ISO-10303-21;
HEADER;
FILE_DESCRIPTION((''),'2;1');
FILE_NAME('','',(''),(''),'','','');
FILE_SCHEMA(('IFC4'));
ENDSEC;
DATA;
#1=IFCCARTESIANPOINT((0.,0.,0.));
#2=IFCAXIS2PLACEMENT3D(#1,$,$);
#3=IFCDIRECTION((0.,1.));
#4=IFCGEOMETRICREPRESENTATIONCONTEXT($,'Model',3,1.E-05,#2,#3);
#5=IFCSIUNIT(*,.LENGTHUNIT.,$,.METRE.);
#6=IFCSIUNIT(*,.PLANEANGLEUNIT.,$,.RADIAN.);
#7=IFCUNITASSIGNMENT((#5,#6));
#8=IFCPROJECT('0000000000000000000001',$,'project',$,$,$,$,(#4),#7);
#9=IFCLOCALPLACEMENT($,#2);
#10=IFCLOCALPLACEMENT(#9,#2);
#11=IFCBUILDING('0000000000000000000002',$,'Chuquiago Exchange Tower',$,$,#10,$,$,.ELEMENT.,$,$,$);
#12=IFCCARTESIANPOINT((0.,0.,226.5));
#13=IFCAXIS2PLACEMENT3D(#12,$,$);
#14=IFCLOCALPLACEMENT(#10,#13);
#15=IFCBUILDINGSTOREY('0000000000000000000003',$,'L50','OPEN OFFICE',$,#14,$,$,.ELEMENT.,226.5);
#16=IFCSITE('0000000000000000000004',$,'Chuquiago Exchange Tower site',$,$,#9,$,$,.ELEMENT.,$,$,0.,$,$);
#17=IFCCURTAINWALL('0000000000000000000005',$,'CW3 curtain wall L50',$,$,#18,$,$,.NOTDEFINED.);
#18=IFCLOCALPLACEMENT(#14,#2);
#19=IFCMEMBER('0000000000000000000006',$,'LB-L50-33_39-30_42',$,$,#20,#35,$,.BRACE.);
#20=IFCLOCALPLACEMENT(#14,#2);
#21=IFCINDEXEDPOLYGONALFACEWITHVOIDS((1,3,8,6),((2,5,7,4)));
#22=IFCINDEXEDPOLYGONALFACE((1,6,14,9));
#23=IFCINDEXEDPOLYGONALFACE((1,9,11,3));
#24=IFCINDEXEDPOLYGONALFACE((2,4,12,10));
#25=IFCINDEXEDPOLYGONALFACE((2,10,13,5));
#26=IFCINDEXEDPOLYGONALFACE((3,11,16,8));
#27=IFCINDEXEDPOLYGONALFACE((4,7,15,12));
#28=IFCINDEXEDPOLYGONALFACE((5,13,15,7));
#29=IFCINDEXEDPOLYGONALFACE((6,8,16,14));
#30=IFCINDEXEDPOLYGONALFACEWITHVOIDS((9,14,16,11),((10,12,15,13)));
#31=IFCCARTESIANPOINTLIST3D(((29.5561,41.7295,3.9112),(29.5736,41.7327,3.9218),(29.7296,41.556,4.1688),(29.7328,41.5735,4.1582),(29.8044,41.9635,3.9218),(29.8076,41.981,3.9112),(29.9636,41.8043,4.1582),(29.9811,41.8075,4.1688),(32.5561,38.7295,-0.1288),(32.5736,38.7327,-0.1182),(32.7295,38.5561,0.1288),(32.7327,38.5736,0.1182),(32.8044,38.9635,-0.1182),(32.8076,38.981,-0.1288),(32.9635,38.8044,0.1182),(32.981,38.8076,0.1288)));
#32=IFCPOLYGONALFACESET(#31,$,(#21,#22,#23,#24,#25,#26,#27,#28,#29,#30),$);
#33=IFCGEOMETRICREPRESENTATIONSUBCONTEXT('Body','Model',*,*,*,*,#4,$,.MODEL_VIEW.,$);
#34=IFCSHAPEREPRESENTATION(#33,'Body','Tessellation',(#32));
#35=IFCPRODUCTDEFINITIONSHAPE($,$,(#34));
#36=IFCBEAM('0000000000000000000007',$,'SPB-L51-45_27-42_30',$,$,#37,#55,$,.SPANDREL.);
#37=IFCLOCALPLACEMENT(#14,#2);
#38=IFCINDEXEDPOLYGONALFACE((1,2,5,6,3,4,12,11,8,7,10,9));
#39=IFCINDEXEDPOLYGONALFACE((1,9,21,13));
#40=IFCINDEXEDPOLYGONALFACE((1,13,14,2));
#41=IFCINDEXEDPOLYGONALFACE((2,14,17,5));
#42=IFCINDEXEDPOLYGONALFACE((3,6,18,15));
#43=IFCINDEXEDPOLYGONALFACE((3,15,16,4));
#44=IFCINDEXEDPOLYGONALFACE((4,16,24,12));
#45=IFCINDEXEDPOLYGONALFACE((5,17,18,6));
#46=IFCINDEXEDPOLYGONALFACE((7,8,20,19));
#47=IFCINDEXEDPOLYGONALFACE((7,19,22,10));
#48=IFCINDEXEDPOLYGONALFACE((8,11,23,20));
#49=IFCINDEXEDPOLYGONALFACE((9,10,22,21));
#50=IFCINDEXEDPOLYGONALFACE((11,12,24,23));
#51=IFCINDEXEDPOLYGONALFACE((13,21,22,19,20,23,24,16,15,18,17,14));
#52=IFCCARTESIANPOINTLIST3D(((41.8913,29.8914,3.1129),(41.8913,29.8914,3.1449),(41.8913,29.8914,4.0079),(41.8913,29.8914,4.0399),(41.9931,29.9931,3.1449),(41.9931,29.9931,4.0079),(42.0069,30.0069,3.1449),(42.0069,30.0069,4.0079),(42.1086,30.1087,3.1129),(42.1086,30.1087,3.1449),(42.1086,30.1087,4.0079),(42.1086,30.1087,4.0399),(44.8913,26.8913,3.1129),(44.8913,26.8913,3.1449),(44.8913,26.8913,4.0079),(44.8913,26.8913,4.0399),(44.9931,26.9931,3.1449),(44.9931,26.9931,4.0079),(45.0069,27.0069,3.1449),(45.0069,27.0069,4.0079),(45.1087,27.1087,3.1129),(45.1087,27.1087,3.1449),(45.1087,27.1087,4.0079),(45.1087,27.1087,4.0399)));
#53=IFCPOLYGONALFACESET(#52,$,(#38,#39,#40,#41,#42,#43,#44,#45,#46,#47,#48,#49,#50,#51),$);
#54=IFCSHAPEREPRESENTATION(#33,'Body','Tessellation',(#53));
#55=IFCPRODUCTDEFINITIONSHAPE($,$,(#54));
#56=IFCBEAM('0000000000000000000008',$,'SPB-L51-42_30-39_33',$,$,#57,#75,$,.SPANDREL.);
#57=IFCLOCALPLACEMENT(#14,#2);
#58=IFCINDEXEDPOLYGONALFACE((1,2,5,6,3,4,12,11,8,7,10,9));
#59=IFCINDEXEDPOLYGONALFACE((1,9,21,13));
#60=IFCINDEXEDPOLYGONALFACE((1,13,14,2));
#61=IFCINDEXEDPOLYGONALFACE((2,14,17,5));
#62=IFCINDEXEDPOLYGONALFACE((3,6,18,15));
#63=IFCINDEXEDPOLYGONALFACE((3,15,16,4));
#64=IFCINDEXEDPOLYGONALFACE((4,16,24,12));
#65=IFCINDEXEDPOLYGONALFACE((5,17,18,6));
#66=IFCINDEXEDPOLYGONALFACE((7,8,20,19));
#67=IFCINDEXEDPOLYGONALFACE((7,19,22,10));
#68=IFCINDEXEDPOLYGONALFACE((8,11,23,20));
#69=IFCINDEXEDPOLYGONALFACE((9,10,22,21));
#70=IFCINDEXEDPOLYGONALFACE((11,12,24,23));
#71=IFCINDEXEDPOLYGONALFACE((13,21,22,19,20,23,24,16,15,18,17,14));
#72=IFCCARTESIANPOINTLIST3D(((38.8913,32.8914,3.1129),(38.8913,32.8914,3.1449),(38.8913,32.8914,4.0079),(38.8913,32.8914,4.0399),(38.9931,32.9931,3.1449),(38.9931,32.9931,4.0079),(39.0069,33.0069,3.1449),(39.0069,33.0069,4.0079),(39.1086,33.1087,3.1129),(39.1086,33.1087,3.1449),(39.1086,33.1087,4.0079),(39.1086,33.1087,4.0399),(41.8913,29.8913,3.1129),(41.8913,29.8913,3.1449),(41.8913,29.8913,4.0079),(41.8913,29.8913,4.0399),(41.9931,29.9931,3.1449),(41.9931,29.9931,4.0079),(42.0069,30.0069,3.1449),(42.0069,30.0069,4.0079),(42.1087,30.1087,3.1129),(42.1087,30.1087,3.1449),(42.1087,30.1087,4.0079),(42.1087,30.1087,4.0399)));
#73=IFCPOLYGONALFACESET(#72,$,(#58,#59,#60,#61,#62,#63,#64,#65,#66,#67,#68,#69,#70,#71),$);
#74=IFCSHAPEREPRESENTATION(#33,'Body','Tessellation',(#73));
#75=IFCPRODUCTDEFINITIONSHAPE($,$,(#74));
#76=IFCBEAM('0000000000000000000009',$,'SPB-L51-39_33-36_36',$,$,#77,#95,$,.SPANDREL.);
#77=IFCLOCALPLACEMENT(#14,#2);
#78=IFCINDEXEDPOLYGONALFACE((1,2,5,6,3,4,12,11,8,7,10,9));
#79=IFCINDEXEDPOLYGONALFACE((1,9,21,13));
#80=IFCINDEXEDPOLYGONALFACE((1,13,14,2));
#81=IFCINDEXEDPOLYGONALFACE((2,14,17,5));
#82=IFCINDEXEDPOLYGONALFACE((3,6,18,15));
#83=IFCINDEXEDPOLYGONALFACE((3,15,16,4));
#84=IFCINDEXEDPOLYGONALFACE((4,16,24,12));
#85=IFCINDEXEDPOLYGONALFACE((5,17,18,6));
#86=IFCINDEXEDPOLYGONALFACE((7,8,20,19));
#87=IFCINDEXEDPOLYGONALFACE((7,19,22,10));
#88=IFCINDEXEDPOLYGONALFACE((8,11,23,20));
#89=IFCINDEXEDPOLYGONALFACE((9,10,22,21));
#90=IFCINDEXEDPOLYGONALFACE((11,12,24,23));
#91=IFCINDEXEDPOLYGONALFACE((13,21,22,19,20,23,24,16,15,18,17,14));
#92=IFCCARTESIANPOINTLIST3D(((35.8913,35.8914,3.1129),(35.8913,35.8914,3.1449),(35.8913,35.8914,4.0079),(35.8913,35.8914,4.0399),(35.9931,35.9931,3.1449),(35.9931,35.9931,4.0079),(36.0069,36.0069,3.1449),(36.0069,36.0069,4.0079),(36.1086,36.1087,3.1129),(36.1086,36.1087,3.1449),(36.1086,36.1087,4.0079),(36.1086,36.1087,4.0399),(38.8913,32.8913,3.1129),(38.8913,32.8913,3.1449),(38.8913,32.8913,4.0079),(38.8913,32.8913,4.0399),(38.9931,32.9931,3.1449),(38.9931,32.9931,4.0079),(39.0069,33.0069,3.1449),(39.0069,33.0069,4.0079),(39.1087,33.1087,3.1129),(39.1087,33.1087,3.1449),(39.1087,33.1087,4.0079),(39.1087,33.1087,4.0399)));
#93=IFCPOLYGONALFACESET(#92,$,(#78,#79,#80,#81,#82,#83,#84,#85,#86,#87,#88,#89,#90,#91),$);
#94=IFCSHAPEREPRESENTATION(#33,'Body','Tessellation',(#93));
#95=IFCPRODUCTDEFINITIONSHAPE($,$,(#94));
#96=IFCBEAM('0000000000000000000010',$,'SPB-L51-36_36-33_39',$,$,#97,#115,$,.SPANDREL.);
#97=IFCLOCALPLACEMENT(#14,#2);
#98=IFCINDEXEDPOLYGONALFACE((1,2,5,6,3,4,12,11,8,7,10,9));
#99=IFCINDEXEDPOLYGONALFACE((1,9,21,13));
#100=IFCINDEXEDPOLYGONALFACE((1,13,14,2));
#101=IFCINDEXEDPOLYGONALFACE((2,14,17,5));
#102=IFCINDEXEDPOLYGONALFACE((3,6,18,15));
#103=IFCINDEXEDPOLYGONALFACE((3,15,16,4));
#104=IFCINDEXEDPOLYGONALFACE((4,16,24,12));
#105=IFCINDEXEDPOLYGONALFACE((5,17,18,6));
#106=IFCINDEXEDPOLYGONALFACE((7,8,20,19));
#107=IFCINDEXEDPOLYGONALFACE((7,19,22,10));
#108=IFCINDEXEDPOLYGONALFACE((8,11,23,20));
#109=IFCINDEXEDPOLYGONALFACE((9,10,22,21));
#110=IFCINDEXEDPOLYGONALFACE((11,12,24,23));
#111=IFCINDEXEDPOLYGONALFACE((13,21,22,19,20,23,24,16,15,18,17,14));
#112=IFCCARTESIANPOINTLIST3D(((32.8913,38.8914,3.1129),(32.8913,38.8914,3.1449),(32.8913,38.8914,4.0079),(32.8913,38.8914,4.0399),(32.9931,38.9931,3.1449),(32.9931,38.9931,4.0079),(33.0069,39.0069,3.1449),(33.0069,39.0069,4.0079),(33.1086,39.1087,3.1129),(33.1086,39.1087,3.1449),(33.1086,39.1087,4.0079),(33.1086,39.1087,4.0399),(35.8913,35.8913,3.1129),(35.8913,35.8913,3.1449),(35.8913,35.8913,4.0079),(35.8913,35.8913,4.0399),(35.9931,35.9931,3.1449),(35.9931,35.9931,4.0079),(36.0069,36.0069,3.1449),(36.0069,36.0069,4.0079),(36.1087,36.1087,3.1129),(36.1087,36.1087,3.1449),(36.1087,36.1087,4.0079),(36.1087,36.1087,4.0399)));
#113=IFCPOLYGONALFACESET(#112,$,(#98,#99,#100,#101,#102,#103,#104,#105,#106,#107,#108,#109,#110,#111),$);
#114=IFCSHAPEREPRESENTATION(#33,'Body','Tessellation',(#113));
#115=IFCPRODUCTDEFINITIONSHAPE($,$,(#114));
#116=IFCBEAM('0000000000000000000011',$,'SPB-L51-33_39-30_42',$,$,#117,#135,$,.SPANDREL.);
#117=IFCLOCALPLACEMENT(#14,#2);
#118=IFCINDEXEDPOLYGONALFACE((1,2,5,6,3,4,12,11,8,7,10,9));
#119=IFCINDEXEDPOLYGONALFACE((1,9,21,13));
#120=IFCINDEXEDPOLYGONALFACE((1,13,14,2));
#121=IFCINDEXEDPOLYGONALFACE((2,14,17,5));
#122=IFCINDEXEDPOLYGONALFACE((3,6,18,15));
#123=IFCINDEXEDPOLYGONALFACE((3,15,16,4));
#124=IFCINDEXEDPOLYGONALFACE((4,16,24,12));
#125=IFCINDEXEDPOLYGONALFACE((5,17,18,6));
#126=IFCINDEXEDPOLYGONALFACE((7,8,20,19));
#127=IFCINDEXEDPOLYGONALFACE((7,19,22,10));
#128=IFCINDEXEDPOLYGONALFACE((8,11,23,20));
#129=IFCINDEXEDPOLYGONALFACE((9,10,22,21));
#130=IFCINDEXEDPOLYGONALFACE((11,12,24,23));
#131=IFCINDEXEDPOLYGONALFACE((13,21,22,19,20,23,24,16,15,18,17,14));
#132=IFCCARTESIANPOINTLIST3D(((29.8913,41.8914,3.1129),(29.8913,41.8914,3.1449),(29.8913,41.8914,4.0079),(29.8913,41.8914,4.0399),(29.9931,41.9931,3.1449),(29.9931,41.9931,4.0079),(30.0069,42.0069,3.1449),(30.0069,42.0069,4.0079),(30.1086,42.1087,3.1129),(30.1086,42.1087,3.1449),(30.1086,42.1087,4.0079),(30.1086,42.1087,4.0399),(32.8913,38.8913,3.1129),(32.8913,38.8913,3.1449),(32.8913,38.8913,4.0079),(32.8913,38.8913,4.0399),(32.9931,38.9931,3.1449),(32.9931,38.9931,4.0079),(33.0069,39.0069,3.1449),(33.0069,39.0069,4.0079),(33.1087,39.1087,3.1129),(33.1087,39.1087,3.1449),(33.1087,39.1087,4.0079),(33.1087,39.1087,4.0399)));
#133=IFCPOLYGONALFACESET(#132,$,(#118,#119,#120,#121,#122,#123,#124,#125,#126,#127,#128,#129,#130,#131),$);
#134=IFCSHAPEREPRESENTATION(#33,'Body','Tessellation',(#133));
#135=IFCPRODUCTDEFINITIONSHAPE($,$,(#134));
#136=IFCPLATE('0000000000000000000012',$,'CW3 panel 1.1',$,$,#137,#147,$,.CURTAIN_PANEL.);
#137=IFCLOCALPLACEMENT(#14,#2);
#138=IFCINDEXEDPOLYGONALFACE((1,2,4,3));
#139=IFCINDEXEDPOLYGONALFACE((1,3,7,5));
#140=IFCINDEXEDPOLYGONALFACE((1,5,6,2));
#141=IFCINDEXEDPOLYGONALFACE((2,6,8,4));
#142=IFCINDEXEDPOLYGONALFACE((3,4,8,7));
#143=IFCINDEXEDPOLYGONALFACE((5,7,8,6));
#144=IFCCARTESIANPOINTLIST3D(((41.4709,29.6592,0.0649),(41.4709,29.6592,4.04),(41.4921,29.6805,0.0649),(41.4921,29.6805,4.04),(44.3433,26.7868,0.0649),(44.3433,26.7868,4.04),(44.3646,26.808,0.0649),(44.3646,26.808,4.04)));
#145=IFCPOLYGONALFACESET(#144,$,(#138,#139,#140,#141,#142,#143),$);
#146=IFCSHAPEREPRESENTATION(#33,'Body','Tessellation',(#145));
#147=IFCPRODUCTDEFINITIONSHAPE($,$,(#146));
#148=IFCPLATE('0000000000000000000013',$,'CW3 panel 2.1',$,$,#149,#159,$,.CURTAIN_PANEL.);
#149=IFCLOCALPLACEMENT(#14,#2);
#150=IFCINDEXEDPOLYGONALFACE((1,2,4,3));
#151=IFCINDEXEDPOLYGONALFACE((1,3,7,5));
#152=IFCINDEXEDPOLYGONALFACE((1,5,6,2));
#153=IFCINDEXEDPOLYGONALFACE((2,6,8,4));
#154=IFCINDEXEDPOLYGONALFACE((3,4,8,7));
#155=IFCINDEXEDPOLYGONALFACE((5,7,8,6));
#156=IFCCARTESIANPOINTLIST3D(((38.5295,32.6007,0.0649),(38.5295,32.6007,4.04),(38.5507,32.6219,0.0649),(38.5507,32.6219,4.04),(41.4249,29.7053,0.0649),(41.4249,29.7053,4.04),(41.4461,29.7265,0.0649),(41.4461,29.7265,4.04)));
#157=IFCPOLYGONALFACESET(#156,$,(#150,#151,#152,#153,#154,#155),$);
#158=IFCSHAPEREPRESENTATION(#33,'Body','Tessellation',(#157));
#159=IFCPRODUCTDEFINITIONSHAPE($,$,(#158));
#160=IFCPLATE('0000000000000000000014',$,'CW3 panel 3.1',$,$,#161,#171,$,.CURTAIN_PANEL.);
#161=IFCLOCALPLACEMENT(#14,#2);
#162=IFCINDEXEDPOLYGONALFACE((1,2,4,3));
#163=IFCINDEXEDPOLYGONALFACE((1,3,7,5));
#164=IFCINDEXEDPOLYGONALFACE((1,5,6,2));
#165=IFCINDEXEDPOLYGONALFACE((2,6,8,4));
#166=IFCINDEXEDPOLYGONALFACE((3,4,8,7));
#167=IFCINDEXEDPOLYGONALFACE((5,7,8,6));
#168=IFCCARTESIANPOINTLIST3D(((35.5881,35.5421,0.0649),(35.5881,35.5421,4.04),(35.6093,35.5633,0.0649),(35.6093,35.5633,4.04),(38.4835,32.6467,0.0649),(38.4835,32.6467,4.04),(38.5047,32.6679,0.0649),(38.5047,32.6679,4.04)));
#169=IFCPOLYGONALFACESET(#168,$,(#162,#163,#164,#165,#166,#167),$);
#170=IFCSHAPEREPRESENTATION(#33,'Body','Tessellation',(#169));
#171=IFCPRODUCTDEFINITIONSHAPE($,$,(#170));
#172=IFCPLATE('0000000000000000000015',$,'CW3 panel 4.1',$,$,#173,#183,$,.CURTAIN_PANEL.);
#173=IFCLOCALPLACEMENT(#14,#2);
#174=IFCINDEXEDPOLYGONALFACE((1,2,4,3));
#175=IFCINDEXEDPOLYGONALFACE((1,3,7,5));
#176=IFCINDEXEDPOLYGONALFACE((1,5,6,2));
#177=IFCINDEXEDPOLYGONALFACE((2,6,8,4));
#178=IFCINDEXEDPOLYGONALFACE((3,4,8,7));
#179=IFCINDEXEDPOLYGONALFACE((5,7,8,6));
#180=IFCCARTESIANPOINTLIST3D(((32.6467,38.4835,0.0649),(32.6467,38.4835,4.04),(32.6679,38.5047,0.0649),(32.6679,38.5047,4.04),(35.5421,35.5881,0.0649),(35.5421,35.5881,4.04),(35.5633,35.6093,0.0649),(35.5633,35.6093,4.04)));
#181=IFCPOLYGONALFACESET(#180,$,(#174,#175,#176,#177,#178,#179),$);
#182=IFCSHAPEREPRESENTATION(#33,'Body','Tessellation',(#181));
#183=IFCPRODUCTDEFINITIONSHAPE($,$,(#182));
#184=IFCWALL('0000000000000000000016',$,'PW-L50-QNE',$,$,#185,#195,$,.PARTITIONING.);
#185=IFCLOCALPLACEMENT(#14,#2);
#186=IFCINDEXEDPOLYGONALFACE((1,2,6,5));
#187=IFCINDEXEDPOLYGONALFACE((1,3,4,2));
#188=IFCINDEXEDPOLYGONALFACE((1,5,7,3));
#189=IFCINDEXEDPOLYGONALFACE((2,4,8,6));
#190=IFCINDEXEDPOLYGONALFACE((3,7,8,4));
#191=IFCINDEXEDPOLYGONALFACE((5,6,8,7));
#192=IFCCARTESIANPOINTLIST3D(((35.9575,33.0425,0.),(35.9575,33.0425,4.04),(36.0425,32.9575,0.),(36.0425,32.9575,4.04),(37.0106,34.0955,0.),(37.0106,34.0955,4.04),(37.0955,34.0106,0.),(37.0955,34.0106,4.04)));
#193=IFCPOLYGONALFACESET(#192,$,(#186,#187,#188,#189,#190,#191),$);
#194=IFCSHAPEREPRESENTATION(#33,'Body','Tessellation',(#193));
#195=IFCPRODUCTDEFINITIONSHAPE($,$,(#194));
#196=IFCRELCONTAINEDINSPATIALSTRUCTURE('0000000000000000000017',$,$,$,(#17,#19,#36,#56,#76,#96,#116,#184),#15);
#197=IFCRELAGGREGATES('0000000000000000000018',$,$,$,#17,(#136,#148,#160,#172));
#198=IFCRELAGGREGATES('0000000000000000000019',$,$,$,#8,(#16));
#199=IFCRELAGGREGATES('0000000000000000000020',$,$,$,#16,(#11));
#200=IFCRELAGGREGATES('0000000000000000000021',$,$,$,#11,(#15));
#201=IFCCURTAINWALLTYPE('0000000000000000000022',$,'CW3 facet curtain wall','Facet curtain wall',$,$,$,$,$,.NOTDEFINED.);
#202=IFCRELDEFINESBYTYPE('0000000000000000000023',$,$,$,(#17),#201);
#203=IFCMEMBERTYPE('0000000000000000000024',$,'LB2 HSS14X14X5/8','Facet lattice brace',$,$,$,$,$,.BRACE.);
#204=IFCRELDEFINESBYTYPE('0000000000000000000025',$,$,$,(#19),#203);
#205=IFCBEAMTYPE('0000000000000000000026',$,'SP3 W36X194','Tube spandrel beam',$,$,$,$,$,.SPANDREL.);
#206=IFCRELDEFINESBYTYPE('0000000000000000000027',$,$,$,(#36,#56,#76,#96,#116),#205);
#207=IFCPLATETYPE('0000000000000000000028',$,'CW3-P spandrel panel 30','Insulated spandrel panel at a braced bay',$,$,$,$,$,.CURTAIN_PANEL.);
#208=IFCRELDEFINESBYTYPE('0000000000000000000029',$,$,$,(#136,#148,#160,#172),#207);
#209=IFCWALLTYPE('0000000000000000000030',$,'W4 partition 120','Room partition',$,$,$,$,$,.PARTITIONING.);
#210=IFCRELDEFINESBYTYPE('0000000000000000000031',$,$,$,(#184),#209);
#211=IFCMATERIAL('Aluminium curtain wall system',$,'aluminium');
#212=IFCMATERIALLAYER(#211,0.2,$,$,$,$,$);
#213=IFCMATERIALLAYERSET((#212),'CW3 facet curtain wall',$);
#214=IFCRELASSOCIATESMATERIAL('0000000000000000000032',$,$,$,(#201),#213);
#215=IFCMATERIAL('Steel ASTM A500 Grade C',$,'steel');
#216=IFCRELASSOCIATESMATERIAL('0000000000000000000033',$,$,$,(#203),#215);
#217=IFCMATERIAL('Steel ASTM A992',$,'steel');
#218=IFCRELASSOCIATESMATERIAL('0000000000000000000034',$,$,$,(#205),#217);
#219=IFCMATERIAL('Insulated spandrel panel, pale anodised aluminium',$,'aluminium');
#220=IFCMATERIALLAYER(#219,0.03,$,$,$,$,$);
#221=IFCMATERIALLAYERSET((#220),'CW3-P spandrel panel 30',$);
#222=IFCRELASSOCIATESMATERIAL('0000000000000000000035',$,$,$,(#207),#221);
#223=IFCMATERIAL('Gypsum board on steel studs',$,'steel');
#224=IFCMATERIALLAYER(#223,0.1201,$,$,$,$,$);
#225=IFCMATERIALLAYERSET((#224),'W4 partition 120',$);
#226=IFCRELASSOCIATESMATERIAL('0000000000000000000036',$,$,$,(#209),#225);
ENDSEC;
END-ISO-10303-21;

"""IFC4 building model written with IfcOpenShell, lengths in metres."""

from ifc_helpers import new_model, si_unit, direction, frame, frame_2d, origin, origin_2d, place, context, subcontext, project, spatial, rectangle, hollow_rectangle, i_section, extrude, material, layer, layer_set, material_profile, profile_set, type_object, element, aggregate, save


model = new_model("IFC4")

# Units and contexts
model_context = context("Model", 3, precision=1e-05, world=origin(), true_north=direction((0.0, 1.0)))
body_context = subcontext(model_context, "Body", "Model", "MODEL_VIEW")
ifc_project = project(units=[si_unit("LENGTHUNIT", "METRE"), si_unit("PLANEANGLEUNIT", "RADIAN")], contexts=[model_context])

# Site, building, storey
site_placement = place(None, origin())
site = spatial("IfcSite", under=ifc_project, at=site_placement, Name="Chuquiago Exchange Tower site", CompositionType="ELEMENT", RefElevation=0.0)
building_placement = place(site_placement, origin())
building = spatial("IfcBuilding", under=site, at=building_placement, Name="Chuquiago Exchange Tower", CompositionType="ELEMENT")
storey_placement = place(building_placement, frame((0.0, 0.0, 226.5)))
storey = spatial("IfcBuildingStorey", under=building, at=storey_placement, Name="L50", Description="OPEN OFFICE", CompositionType="ELEMENT", Elevation=226.5)

# Curtain wall
ifc_material_1 = material(Name="Aluminium curtain wall system", Category="aluminium")
ifc_layer_1 = layer(ifc_material_1, 0.2)
ifc_layer_set_1 = layer_set([ifc_layer_1], Name="CW3 facet curtain wall")
curtain_wall_type = type_object("IfcCurtainWallType", Name="CW3 facet curtain wall", Description="Facet curtain wall", PredefinedType="NOTDEFINED", material=ifc_layer_set_1)
curtain_wall_placement = place(storey_placement, origin())
curtain_wall = element("IfcCurtainWall", 1, at=curtain_wall_placement, inside=storey, type_object=curtain_wall_type, Name="CW3 curtain wall L50", PredefinedType="NOTDEFINED")

# Member
ifc_material_2 = material(Name="Steel ASTM A500 Grade C", Category="steel")
ifc_material_profile_1 = material_profile(ifc_material_2, hollow_rectangle(XDim=0.3557, YDim=0.3557, WallThickness=0.0146, at=origin_2d()), Name="HSS14X14X5/8")
ifc_profile_set_1 = profile_set([ifc_material_profile_1], Name="Steel ASTM A500 Grade C")
member_type_1 = type_object("IfcMemberType", Name="LB2 HSS14X14X5/8", Description="Facet lattice brace", PredefinedType="BRACE", material=ifc_profile_set_1)
for number, where, z_axis, x_axis, name in (
    (2, (32.7686, 38.7686, 0.0), (-0.512077, 0.512077, 0.689604), (-0.707107, -0.707107, 0.0), "LB-L50-33_39-30_42"),
):
    element("IfcMember", number, at=place(storey_placement, frame(where, z_axis=z_axis, x_axis=x_axis)), inside=storey, type_object=member_type_1, Name=name, PredefinedType="BRACE", context=body_context, shape_type="SweptSolid", body=[
        extrude(hollow_rectangle(XDim=0.3557, YDim=0.3557, WallThickness=0.0146, at=origin_2d()), origin(), (0.0, 0.0, 1.0), 5.8584),
    ])

# Beams
ifc_material_3 = material(Name="Steel ASTM A992", Category="steel")
ifc_material_profile_2 = material_profile(ifc_material_3, i_section(OverallWidth=0.3074, OverallDepth=0.927, WebThickness=0.0195, FlangeThickness=0.032, at=origin_2d()), Name="W36X194")
ifc_profile_set_2 = profile_set([ifc_material_profile_2], Name="Steel ASTM A992")
beam_type_1 = type_object("IfcBeamType", Name="SP3 W36X194", Description="Tube spandrel beam", PredefinedType="SPANDREL", material=ifc_profile_set_2)
for number, where, z_axis, x_axis, name in (
    (3, (45.0, 27.0, 3.5764), (-0.707107, 0.707107, 0.0), (-0.707107, -0.707107, 0.0), "SPB-L51-45_27-42_30"),
    (4, (42.0, 30.0, 3.5764), (-0.707107, 0.707107, 0.0), (-0.707107, -0.707107, 0.0), "SPB-L51-42_30-39_33"),
    (5, (39.0, 33.0, 3.5764), (-0.707107, 0.707107, 0.0), (-0.707107, -0.707107, 0.0), "SPB-L51-39_33-36_36"),
    (6, (36.0, 36.0, 3.5764), (-0.707107, 0.707107, 0.0), (-0.707107, -0.707107, 0.0), "SPB-L51-36_36-33_39"),
    (7, (33.0, 39.0, 3.5764), (-0.707107, 0.707107, 0.0), (-0.707107, -0.707107, 0.0), "SPB-L51-33_39-30_42"),
):
    element("IfcBeam", number, at=place(storey_placement, frame(where, z_axis=z_axis, x_axis=x_axis)), inside=storey, type_object=beam_type_1, Name=name, PredefinedType="SPANDREL", context=body_context, shape_type="SweptSolid", body=[
        extrude(i_section(OverallWidth=0.3074, OverallDepth=0.927, WebThickness=0.0195, FlangeThickness=0.032, at=origin_2d()), origin(), (0.0, 0.0, 1.0), 4.2427),
    ])

# Plates
ifc_material_4 = material(Name="Insulated spandrel panel, pale anodised aluminium", Category="aluminium")
ifc_layer_2 = layer(ifc_material_4, 0.03)
ifc_layer_set_2 = layer_set([ifc_layer_2], Name="CW3-P spandrel panel 30")
plate_type = type_object("IfcPlateType", Name="CW3-P spandrel panel 30", Description="Insulated spandrel panel at a braced bay", PredefinedType="CURTAIN_PANEL", material=ifc_layer_set_2)
plate_1_placement = place(storey_placement, frame((42.9177, 28.2336, 0.0649), z_axis=(0.0, 0.0, 1.0), x_axis=(-0.707107, 0.707107, 0.0)))
plate_1 = element("IfcPlate", 8, at=plate_1_placement, type_object=plate_type, Name="CW3 panel 1.1", PredefinedType="CURTAIN_PANEL", context=body_context, shape_type="SweptSolid", body=[
    extrude(rectangle(XDim=4.0623, YDim=0.03, at=origin_2d()), origin(), (0.0, 0.0, 1.0), 3.9751),
])
plate_2_placement = place(storey_placement, frame((39.9878, 31.1636, 0.0649), z_axis=(0.0, 0.0, 1.0), x_axis=(-0.707107, 0.707107, 0.0)))
plate_2 = element("IfcPlate", 9, at=plate_2_placement, type_object=plate_type, Name="CW3 panel 2.1", PredefinedType="CURTAIN_PANEL", context=body_context, shape_type="SweptSolid", body=[
    extrude(rectangle(XDim=4.0947, YDim=0.03, at=origin_2d()), origin(), (0.0, 0.0, 1.0), 3.9751),
])
plate_3_placement = place(storey_placement, frame((37.0464, 34.105, 0.0649), z_axis=(0.0, 0.0, 1.0), x_axis=(-0.707107, 0.707107, 0.0)))
plate_3 = element("IfcPlate", 10, at=plate_3_placement, type_object=plate_type, Name="CW3 panel 3.1", PredefinedType="CURTAIN_PANEL", context=body_context, shape_type="SweptSolid", body=[
    extrude(rectangle(XDim=4.0947, YDim=0.03, at=origin_2d()), origin(), (0.0, 0.0, 1.0), 3.9751),
])
plate_4_placement = place(storey_placement, frame((34.105, 37.0464, 0.0649), z_axis=(0.0, 0.0, 1.0), x_axis=(-0.707107, 0.707107, 0.0)))
plate_4 = element("IfcPlate", 11, at=plate_4_placement, type_object=plate_type, Name="CW3 panel 4.1", PredefinedType="CURTAIN_PANEL", context=body_context, shape_type="SweptSolid", body=[
    extrude(rectangle(XDim=4.0947, YDim=0.03, at=origin_2d()), origin(), (0.0, 0.0, 1.0), 3.9751),
])
aggregate(curtain_wall, [plate_1, plate_2, plate_3, plate_4])

# Wall
ifc_material_5 = material(Name="Gypsum board on steel studs", Category="steel")
ifc_layer_3 = layer(ifc_material_5, 0.1201)
ifc_layer_set_3 = layer_set([ifc_layer_3], Name="W4 partition 120")
wall_type_1 = type_object("IfcWallType", Name="W4 partition 120", Description="Room partition", PredefinedType="PARTITIONING", material=ifc_layer_set_3)
wall_1_placement = place(storey_placement, frame((36.0, 33.0, 0.0), z_axis=(0.0, 0.0, 1.0), x_axis=(0.707107, 0.707107, 0.0)))
element("IfcWall", 12, at=wall_1_placement, inside=storey, type_object=wall_type_1, Name="PW-L50-QNE", PredefinedType="PARTITIONING", context=body_context, shape_type="SweptSolid", body=[
    extrude(rectangle(XDim=1.4893, YDim=0.1201, at=frame_2d((0.7446, 0.0))), origin(), (0.0, 0.0, 1.0), 4.04),
])

save(model, "model.ifc")
